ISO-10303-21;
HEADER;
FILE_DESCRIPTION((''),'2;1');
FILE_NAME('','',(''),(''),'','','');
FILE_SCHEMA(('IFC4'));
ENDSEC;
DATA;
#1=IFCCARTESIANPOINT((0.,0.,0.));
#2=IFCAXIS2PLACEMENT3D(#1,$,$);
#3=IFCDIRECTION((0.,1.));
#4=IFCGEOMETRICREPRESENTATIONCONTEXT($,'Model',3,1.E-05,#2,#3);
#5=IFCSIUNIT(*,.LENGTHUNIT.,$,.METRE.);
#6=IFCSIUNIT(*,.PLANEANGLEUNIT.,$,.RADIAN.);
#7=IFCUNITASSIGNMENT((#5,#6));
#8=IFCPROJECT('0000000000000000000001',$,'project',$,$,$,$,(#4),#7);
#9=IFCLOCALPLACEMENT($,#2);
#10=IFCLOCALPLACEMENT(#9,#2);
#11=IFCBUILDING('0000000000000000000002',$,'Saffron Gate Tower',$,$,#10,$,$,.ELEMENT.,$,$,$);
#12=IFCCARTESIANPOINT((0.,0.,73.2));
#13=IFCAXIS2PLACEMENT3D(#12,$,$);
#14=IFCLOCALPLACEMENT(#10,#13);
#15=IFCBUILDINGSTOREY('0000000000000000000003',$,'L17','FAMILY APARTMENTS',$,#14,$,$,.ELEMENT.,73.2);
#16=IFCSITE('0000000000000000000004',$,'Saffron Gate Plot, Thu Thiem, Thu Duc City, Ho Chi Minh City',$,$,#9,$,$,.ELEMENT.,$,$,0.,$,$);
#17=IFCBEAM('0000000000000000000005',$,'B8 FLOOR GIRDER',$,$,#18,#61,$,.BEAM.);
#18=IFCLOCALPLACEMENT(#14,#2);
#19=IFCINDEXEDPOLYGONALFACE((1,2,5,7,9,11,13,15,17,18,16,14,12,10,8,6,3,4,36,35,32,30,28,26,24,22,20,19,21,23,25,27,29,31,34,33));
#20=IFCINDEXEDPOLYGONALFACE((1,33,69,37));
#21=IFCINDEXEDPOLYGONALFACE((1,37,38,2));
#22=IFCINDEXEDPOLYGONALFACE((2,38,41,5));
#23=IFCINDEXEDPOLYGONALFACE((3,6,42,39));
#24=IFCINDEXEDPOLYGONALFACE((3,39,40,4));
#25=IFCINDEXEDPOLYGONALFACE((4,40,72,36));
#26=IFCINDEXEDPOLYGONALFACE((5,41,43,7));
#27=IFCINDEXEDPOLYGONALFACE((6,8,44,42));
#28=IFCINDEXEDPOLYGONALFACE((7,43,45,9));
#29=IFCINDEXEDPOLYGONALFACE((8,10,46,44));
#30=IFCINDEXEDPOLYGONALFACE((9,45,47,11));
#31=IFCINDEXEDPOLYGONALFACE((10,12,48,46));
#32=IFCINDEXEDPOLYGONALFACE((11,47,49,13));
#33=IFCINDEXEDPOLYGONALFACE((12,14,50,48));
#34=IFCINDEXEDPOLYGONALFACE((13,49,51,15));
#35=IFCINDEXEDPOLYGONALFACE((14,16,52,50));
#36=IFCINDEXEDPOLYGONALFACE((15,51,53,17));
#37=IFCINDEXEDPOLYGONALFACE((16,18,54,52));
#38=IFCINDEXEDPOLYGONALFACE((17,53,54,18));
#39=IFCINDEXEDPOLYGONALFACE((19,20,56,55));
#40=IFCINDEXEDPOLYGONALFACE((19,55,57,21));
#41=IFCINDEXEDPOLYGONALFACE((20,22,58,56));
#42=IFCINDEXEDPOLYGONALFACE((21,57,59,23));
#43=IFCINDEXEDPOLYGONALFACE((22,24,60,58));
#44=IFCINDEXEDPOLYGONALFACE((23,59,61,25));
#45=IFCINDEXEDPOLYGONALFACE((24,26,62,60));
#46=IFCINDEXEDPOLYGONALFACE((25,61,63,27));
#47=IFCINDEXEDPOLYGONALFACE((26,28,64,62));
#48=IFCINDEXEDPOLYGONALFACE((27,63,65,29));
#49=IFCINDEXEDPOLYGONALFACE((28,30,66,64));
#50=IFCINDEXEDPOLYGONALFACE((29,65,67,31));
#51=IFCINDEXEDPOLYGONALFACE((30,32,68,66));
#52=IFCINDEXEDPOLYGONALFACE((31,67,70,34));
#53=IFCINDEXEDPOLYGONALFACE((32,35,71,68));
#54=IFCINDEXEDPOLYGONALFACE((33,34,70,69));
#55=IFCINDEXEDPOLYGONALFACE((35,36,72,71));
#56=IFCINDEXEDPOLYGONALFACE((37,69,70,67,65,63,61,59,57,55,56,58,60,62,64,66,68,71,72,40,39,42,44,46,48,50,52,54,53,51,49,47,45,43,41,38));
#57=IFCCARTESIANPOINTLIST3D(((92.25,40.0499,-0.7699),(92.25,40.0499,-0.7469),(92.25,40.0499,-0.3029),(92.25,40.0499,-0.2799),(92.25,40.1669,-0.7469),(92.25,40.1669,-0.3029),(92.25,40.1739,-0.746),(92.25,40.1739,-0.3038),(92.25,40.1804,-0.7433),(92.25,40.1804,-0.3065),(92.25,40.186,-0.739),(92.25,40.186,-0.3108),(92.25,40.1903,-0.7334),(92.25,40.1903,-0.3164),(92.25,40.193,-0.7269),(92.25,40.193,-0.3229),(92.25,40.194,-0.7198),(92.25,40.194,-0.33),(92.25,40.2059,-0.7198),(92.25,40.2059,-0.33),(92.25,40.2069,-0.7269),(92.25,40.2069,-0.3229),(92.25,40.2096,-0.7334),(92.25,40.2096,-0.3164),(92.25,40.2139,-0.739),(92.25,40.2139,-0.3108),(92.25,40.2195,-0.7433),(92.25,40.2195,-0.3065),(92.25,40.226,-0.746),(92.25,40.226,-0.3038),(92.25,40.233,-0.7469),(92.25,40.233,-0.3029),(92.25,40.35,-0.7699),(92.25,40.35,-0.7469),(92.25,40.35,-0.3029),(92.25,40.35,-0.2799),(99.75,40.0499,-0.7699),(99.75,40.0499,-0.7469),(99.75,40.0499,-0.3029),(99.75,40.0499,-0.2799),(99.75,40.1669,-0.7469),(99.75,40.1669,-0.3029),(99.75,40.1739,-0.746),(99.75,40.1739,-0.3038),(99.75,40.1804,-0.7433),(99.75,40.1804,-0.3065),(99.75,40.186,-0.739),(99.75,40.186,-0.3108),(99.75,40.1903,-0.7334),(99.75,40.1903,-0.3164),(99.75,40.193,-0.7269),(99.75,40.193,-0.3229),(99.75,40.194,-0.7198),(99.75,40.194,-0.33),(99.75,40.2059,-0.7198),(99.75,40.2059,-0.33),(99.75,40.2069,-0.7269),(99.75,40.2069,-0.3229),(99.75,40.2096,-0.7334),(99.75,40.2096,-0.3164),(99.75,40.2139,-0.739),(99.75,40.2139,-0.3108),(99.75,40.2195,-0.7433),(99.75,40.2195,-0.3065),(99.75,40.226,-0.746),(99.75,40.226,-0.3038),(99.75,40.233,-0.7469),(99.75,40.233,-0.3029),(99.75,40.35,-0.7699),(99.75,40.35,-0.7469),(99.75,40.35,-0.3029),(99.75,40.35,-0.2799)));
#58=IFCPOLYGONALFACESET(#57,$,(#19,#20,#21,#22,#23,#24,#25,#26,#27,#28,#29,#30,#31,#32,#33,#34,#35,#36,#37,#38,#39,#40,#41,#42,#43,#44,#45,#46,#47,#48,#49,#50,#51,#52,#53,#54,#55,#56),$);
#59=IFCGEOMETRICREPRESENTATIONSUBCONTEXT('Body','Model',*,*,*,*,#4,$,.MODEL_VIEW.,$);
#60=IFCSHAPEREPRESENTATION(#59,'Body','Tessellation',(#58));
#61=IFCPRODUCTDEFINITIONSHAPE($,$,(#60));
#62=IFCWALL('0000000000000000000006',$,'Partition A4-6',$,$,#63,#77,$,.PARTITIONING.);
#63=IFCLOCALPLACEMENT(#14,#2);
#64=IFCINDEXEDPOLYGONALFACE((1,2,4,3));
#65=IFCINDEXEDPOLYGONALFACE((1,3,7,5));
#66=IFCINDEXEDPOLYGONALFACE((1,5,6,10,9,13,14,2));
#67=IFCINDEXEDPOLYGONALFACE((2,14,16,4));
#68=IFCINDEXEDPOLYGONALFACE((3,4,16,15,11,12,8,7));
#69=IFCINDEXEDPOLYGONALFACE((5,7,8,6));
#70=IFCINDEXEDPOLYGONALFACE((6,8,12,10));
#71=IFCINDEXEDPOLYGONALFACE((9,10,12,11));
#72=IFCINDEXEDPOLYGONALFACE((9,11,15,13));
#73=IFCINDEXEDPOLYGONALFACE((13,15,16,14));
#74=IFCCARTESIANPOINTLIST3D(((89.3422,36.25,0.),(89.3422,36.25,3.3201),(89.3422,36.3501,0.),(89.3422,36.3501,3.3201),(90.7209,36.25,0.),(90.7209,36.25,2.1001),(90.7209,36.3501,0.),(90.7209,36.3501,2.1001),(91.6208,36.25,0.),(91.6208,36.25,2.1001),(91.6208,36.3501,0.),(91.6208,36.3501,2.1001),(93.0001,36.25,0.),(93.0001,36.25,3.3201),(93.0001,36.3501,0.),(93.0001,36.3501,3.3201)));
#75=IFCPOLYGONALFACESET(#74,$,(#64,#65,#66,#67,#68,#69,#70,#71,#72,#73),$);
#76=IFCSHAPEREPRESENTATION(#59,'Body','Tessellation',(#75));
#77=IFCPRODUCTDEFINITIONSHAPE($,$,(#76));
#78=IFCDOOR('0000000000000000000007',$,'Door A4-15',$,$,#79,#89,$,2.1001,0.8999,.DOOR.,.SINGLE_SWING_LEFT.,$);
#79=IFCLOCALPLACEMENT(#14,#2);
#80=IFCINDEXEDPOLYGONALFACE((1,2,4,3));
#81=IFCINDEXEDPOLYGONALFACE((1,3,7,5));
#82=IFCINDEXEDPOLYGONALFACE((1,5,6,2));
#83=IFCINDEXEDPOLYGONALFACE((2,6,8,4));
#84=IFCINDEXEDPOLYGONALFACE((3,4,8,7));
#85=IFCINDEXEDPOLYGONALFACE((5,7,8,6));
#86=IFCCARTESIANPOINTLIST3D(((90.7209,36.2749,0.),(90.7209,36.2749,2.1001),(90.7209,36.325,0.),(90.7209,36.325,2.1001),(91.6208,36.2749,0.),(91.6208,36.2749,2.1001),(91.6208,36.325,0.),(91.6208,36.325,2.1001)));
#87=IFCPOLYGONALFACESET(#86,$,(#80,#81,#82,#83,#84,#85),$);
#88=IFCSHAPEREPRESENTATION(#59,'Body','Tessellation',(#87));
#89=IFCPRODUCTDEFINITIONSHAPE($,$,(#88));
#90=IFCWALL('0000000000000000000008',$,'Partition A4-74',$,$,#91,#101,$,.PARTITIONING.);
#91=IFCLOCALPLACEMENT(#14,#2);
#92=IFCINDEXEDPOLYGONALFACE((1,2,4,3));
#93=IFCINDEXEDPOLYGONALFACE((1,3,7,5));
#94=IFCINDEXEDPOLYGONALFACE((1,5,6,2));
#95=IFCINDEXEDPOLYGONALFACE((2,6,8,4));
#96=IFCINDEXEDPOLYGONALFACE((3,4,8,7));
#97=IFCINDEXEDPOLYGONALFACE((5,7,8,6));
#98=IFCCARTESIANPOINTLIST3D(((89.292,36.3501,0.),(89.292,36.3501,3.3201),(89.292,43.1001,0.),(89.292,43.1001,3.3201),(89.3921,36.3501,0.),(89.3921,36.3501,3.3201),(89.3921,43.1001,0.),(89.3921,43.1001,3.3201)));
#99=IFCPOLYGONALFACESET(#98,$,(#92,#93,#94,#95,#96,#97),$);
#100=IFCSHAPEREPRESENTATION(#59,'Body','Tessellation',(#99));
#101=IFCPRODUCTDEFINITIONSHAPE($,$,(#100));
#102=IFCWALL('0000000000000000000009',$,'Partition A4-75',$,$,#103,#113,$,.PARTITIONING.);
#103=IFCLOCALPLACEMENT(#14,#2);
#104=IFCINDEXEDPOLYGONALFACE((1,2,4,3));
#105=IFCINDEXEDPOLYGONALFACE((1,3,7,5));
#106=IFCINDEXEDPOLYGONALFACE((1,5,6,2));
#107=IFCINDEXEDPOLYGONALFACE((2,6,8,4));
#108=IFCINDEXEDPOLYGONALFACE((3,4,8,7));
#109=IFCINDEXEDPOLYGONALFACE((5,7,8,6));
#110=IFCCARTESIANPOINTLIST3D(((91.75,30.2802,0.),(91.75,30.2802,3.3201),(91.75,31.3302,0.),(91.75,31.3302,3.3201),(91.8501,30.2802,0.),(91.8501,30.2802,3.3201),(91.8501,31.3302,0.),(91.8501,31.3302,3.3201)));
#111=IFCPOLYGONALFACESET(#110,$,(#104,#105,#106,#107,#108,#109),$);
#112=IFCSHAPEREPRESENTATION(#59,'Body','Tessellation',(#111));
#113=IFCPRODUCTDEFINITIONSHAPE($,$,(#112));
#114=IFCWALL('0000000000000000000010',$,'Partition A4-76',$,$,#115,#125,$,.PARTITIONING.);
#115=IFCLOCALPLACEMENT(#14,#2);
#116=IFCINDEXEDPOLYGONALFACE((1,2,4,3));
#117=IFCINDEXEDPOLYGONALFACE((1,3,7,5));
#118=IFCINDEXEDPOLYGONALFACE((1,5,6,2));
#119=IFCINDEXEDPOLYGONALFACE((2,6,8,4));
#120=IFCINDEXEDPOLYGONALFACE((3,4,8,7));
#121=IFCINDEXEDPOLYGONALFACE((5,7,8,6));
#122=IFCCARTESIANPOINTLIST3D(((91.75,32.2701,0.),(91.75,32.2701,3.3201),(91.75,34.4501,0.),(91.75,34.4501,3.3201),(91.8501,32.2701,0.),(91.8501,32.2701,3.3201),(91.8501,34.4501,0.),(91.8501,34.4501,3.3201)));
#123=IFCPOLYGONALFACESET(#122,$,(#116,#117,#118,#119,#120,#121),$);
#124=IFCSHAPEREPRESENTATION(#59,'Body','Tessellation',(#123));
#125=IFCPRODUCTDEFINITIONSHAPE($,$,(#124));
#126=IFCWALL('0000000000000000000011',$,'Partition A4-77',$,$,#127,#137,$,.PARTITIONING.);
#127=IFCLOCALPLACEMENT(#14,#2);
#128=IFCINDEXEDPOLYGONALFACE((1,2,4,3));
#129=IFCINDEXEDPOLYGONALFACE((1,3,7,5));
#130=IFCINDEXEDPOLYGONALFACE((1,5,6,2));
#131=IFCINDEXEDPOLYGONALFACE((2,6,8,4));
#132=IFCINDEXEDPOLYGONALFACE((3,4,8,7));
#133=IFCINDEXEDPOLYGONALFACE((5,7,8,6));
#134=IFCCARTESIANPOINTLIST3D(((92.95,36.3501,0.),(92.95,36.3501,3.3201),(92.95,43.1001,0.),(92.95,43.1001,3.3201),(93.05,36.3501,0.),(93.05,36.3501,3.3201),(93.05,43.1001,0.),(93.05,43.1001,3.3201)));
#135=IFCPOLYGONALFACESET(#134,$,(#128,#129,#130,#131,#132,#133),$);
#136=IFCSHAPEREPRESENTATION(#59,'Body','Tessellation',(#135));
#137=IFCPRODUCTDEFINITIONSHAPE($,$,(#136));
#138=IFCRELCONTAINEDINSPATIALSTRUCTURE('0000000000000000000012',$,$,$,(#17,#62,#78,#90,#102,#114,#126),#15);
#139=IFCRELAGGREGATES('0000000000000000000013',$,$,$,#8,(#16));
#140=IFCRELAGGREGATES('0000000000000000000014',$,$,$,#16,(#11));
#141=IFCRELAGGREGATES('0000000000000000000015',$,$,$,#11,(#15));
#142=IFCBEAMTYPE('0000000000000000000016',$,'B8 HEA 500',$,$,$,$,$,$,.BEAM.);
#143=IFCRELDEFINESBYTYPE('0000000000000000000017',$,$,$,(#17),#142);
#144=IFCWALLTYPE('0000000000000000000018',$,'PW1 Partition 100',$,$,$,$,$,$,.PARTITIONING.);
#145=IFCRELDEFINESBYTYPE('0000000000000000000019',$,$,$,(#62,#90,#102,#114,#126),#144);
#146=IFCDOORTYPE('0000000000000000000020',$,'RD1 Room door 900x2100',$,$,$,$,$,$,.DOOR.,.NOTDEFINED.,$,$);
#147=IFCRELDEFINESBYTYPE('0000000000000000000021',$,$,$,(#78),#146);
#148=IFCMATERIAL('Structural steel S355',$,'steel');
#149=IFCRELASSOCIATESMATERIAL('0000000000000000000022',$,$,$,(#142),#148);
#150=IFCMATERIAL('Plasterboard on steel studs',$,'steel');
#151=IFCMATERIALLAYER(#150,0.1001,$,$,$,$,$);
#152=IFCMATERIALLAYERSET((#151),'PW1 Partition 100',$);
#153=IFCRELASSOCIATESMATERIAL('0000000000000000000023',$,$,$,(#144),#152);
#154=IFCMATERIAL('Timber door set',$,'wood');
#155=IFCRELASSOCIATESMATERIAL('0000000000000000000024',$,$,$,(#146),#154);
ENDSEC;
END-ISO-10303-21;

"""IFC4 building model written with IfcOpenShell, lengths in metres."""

from ifc_helpers import new_model, si_unit, direction, frame, frame_2d, origin, origin_2d, place, context, subcontext, project, spatial, rectangle, i_section, extrude, material, layer, layer_set, material_profile, profile_set, type_object, element, fill, save


model = new_model("IFC4")

# Units and contexts
model_context = context("Model", 3, precision=1e-05, world=origin(), true_north=direction((0.0, 1.0)))
body_context = subcontext(model_context, "Body", "Model", "MODEL_VIEW")
ifc_project = project(units=[si_unit("LENGTHUNIT", "METRE"), si_unit("PLANEANGLEUNIT", "RADIAN")], contexts=[model_context])

# Site, building, storey
site_placement = place(None, origin())
site = spatial("IfcSite", under=ifc_project, at=site_placement, Name="Saffron Gate Plot, Thu Thiem, Thu Duc City, Ho Chi Minh City", CompositionType="ELEMENT", RefElevation=0.0)
building_placement = place(site_placement, origin())
building = spatial("IfcBuilding", under=site, at=building_placement, Name="Saffron Gate Tower", CompositionType="ELEMENT")
storey_placement = place(building_placement, frame((0.0, 0.0, 73.2)))
storey = spatial("IfcBuildingStorey", under=building, at=storey_placement, Name="L17", Description="FAMILY APARTMENTS", CompositionType="ELEMENT", Elevation=73.2)

# Beam
ifc_material_1 = material(Name="Structural steel S355", Category="steel")
ifc_material_profile_1 = material_profile(ifc_material_1, i_section(OverallWidth=0.3, OverallDepth=0.49, WebThickness=0.012, FlangeThickness=0.0229, FilletRadius=0.0271, at=origin_2d()))
ifc_profile_set_1 = profile_set([ifc_material_profile_1], Name="Structural steel S355")
beam_type_1 = type_object("IfcBeamType", Name="B8 HEA 500", PredefinedType="BEAM", material=ifc_profile_set_1)
for number, where, z_axis, x_axis, name in (
    (1, (92.25, 40.2, -0.5249), (1.0, 0.0, 0.0), (0.0, 1.0, 0.0), "B8 FLOOR GIRDER"),
):
    element("IfcBeam", number, at=place(storey_placement, frame(where, z_axis=z_axis, x_axis=x_axis)), inside=storey, type_object=beam_type_1, Name=name, PredefinedType="BEAM", context=body_context, shape_type="SweptSolid", body=[
        extrude(i_section(OverallWidth=0.3, OverallDepth=0.49, WebThickness=0.012, FlangeThickness=0.0229, FilletRadius=0.0271, at=origin_2d()), origin(), (0.0, 0.0, 1.0), 7.5),
    ])

# Wall, opening, door
ifc_material_2 = material(Name="Plasterboard on steel studs", Category="steel")
ifc_layer = layer(ifc_material_2, 0.1001)
ifc_layer_set = layer_set([ifc_layer], Name="PW1 Partition 100")
wall_type = type_object("IfcWallType", Name="PW1 Partition 100", PredefinedType="PARTITIONING", material=ifc_layer_set)
wall_1_placement = place(storey_placement, frame((89.342, 36.3, 0.0), z_axis=(0.0, 0.0, 1.0), x_axis=(1.0, 0.0, 0.0)))
wall_1 = element("IfcWall", 2, at=wall_1_placement, inside=storey, type_object=wall_type, Name="Partition A4-6", PredefinedType="PARTITIONING", context=body_context, shape_type="SweptSolid", body=[
    extrude(rectangle(XDim=3.658, YDim=0.1001, at=frame_2d((1.8291, 0.0))), origin(), (0.0, 0.0, 1.0), 3.3201),
])
opening_placement = place(wall_1_placement, frame((1.3789, 0.0, 0.0)))
opening = element("IfcOpeningElement", 3, at=opening_placement, cuts=wall_1, PredefinedType="OPENING", context=body_context, shape_type="SweptSolid", body=[
    extrude(rectangle(XDim=0.8999, YDim=2.1001, at=frame_2d((0.45, 1.05))), frame((0.0, 0.0601, 0.0), z_axis=(0.0, -1.0, 0.0), x_axis=(1.0, 0.0, 0.0)), (0.0, 0.0, 1.0), 0.1201),
])
ifc_material_3 = material(Name="Timber door set", Category="wood")
door_type = type_object("IfcDoorType", Name="RD1 Room door 900x2100", OperationType="NOTDEFINED", PredefinedType="DOOR", material=ifc_material_3)
door_placement = place(opening_placement, origin())
door = element("IfcDoor", 4, at=door_placement, inside=storey, type_object=door_type, Name="Door A4-15", OperationType="SINGLE_SWING_LEFT", OverallHeight=2.1001, OverallWidth=0.8999, PredefinedType="DOOR", context=body_context, shape_type="SweptSolid", body=[
    extrude(rectangle(XDim=0.8999, YDim=2.1001, at=frame_2d((0.45, 1.05))), frame((0.0, 0.0249, 0.0), z_axis=(0.0, -1.0, 0.0), x_axis=(1.0, 0.0, 0.0)), (0.0, 0.0, 1.0), 0.05),
])
fill(opening, door)

# Walls
wall_2_placement = place(storey_placement, frame((89.342, 43.1001, 0.0), z_axis=(0.0, 0.0, 1.0), x_axis=(0.0, -1.0, 0.0)))
element("IfcWall", 5, at=wall_2_placement, inside=storey, type_object=wall_type, Name="Partition A4-74", PredefinedType="PARTITIONING", context=body_context, shape_type="SweptSolid", body=[
    extrude(rectangle(XDim=6.75, YDim=0.1001, at=frame_2d((3.375, 0.0))), origin(), (0.0, 0.0, 1.0), 3.3201),
])
wall_3_placement = place(storey_placement, frame((91.8, 31.3301, 0.0), z_axis=(0.0, 0.0, 1.0), x_axis=(0.0, -1.0, 0.0)))
element("IfcWall", 6, at=wall_3_placement, inside=storey, type_object=wall_type, Name="Partition A4-75", PredefinedType="PARTITIONING", context=body_context, shape_type="SweptSolid", body=[
    extrude(rectangle(XDim=1.05, YDim=0.1001, at=frame_2d((0.5249, 0.0))), origin(), (0.0, 0.0, 1.0), 3.3201),
])
wall_4_placement = place(storey_placement, frame((91.8, 34.45, 0.0), z_axis=(0.0, 0.0, 1.0), x_axis=(0.0, -1.0, 0.0)))
element("IfcWall", 7, at=wall_4_placement, inside=storey, type_object=wall_type, Name="Partition A4-76", PredefinedType="PARTITIONING", context=body_context, shape_type="SweptSolid", body=[
    extrude(rectangle(XDim=2.1799, YDim=0.1001, at=frame_2d((1.0898, 0.0))), origin(), (0.0, 0.0, 1.0), 3.3201),
])
wall_5_placement = place(storey_placement, frame((93.0, 43.1001, 0.0), z_axis=(0.0, 0.0, 1.0), x_axis=(0.0, -1.0, 0.0)))
element("IfcWall", 8, at=wall_5_placement, inside=storey, type_object=wall_type, Name="Partition A4-77", PredefinedType="PARTITIONING", context=body_context, shape_type="SweptSolid", body=[
    extrude(rectangle(XDim=6.75, YDim=0.1001, at=frame_2d((3.375, 0.0))), origin(), (0.0, 0.0, 1.0), 3.3201),
])

save(model, "model.ifc")
